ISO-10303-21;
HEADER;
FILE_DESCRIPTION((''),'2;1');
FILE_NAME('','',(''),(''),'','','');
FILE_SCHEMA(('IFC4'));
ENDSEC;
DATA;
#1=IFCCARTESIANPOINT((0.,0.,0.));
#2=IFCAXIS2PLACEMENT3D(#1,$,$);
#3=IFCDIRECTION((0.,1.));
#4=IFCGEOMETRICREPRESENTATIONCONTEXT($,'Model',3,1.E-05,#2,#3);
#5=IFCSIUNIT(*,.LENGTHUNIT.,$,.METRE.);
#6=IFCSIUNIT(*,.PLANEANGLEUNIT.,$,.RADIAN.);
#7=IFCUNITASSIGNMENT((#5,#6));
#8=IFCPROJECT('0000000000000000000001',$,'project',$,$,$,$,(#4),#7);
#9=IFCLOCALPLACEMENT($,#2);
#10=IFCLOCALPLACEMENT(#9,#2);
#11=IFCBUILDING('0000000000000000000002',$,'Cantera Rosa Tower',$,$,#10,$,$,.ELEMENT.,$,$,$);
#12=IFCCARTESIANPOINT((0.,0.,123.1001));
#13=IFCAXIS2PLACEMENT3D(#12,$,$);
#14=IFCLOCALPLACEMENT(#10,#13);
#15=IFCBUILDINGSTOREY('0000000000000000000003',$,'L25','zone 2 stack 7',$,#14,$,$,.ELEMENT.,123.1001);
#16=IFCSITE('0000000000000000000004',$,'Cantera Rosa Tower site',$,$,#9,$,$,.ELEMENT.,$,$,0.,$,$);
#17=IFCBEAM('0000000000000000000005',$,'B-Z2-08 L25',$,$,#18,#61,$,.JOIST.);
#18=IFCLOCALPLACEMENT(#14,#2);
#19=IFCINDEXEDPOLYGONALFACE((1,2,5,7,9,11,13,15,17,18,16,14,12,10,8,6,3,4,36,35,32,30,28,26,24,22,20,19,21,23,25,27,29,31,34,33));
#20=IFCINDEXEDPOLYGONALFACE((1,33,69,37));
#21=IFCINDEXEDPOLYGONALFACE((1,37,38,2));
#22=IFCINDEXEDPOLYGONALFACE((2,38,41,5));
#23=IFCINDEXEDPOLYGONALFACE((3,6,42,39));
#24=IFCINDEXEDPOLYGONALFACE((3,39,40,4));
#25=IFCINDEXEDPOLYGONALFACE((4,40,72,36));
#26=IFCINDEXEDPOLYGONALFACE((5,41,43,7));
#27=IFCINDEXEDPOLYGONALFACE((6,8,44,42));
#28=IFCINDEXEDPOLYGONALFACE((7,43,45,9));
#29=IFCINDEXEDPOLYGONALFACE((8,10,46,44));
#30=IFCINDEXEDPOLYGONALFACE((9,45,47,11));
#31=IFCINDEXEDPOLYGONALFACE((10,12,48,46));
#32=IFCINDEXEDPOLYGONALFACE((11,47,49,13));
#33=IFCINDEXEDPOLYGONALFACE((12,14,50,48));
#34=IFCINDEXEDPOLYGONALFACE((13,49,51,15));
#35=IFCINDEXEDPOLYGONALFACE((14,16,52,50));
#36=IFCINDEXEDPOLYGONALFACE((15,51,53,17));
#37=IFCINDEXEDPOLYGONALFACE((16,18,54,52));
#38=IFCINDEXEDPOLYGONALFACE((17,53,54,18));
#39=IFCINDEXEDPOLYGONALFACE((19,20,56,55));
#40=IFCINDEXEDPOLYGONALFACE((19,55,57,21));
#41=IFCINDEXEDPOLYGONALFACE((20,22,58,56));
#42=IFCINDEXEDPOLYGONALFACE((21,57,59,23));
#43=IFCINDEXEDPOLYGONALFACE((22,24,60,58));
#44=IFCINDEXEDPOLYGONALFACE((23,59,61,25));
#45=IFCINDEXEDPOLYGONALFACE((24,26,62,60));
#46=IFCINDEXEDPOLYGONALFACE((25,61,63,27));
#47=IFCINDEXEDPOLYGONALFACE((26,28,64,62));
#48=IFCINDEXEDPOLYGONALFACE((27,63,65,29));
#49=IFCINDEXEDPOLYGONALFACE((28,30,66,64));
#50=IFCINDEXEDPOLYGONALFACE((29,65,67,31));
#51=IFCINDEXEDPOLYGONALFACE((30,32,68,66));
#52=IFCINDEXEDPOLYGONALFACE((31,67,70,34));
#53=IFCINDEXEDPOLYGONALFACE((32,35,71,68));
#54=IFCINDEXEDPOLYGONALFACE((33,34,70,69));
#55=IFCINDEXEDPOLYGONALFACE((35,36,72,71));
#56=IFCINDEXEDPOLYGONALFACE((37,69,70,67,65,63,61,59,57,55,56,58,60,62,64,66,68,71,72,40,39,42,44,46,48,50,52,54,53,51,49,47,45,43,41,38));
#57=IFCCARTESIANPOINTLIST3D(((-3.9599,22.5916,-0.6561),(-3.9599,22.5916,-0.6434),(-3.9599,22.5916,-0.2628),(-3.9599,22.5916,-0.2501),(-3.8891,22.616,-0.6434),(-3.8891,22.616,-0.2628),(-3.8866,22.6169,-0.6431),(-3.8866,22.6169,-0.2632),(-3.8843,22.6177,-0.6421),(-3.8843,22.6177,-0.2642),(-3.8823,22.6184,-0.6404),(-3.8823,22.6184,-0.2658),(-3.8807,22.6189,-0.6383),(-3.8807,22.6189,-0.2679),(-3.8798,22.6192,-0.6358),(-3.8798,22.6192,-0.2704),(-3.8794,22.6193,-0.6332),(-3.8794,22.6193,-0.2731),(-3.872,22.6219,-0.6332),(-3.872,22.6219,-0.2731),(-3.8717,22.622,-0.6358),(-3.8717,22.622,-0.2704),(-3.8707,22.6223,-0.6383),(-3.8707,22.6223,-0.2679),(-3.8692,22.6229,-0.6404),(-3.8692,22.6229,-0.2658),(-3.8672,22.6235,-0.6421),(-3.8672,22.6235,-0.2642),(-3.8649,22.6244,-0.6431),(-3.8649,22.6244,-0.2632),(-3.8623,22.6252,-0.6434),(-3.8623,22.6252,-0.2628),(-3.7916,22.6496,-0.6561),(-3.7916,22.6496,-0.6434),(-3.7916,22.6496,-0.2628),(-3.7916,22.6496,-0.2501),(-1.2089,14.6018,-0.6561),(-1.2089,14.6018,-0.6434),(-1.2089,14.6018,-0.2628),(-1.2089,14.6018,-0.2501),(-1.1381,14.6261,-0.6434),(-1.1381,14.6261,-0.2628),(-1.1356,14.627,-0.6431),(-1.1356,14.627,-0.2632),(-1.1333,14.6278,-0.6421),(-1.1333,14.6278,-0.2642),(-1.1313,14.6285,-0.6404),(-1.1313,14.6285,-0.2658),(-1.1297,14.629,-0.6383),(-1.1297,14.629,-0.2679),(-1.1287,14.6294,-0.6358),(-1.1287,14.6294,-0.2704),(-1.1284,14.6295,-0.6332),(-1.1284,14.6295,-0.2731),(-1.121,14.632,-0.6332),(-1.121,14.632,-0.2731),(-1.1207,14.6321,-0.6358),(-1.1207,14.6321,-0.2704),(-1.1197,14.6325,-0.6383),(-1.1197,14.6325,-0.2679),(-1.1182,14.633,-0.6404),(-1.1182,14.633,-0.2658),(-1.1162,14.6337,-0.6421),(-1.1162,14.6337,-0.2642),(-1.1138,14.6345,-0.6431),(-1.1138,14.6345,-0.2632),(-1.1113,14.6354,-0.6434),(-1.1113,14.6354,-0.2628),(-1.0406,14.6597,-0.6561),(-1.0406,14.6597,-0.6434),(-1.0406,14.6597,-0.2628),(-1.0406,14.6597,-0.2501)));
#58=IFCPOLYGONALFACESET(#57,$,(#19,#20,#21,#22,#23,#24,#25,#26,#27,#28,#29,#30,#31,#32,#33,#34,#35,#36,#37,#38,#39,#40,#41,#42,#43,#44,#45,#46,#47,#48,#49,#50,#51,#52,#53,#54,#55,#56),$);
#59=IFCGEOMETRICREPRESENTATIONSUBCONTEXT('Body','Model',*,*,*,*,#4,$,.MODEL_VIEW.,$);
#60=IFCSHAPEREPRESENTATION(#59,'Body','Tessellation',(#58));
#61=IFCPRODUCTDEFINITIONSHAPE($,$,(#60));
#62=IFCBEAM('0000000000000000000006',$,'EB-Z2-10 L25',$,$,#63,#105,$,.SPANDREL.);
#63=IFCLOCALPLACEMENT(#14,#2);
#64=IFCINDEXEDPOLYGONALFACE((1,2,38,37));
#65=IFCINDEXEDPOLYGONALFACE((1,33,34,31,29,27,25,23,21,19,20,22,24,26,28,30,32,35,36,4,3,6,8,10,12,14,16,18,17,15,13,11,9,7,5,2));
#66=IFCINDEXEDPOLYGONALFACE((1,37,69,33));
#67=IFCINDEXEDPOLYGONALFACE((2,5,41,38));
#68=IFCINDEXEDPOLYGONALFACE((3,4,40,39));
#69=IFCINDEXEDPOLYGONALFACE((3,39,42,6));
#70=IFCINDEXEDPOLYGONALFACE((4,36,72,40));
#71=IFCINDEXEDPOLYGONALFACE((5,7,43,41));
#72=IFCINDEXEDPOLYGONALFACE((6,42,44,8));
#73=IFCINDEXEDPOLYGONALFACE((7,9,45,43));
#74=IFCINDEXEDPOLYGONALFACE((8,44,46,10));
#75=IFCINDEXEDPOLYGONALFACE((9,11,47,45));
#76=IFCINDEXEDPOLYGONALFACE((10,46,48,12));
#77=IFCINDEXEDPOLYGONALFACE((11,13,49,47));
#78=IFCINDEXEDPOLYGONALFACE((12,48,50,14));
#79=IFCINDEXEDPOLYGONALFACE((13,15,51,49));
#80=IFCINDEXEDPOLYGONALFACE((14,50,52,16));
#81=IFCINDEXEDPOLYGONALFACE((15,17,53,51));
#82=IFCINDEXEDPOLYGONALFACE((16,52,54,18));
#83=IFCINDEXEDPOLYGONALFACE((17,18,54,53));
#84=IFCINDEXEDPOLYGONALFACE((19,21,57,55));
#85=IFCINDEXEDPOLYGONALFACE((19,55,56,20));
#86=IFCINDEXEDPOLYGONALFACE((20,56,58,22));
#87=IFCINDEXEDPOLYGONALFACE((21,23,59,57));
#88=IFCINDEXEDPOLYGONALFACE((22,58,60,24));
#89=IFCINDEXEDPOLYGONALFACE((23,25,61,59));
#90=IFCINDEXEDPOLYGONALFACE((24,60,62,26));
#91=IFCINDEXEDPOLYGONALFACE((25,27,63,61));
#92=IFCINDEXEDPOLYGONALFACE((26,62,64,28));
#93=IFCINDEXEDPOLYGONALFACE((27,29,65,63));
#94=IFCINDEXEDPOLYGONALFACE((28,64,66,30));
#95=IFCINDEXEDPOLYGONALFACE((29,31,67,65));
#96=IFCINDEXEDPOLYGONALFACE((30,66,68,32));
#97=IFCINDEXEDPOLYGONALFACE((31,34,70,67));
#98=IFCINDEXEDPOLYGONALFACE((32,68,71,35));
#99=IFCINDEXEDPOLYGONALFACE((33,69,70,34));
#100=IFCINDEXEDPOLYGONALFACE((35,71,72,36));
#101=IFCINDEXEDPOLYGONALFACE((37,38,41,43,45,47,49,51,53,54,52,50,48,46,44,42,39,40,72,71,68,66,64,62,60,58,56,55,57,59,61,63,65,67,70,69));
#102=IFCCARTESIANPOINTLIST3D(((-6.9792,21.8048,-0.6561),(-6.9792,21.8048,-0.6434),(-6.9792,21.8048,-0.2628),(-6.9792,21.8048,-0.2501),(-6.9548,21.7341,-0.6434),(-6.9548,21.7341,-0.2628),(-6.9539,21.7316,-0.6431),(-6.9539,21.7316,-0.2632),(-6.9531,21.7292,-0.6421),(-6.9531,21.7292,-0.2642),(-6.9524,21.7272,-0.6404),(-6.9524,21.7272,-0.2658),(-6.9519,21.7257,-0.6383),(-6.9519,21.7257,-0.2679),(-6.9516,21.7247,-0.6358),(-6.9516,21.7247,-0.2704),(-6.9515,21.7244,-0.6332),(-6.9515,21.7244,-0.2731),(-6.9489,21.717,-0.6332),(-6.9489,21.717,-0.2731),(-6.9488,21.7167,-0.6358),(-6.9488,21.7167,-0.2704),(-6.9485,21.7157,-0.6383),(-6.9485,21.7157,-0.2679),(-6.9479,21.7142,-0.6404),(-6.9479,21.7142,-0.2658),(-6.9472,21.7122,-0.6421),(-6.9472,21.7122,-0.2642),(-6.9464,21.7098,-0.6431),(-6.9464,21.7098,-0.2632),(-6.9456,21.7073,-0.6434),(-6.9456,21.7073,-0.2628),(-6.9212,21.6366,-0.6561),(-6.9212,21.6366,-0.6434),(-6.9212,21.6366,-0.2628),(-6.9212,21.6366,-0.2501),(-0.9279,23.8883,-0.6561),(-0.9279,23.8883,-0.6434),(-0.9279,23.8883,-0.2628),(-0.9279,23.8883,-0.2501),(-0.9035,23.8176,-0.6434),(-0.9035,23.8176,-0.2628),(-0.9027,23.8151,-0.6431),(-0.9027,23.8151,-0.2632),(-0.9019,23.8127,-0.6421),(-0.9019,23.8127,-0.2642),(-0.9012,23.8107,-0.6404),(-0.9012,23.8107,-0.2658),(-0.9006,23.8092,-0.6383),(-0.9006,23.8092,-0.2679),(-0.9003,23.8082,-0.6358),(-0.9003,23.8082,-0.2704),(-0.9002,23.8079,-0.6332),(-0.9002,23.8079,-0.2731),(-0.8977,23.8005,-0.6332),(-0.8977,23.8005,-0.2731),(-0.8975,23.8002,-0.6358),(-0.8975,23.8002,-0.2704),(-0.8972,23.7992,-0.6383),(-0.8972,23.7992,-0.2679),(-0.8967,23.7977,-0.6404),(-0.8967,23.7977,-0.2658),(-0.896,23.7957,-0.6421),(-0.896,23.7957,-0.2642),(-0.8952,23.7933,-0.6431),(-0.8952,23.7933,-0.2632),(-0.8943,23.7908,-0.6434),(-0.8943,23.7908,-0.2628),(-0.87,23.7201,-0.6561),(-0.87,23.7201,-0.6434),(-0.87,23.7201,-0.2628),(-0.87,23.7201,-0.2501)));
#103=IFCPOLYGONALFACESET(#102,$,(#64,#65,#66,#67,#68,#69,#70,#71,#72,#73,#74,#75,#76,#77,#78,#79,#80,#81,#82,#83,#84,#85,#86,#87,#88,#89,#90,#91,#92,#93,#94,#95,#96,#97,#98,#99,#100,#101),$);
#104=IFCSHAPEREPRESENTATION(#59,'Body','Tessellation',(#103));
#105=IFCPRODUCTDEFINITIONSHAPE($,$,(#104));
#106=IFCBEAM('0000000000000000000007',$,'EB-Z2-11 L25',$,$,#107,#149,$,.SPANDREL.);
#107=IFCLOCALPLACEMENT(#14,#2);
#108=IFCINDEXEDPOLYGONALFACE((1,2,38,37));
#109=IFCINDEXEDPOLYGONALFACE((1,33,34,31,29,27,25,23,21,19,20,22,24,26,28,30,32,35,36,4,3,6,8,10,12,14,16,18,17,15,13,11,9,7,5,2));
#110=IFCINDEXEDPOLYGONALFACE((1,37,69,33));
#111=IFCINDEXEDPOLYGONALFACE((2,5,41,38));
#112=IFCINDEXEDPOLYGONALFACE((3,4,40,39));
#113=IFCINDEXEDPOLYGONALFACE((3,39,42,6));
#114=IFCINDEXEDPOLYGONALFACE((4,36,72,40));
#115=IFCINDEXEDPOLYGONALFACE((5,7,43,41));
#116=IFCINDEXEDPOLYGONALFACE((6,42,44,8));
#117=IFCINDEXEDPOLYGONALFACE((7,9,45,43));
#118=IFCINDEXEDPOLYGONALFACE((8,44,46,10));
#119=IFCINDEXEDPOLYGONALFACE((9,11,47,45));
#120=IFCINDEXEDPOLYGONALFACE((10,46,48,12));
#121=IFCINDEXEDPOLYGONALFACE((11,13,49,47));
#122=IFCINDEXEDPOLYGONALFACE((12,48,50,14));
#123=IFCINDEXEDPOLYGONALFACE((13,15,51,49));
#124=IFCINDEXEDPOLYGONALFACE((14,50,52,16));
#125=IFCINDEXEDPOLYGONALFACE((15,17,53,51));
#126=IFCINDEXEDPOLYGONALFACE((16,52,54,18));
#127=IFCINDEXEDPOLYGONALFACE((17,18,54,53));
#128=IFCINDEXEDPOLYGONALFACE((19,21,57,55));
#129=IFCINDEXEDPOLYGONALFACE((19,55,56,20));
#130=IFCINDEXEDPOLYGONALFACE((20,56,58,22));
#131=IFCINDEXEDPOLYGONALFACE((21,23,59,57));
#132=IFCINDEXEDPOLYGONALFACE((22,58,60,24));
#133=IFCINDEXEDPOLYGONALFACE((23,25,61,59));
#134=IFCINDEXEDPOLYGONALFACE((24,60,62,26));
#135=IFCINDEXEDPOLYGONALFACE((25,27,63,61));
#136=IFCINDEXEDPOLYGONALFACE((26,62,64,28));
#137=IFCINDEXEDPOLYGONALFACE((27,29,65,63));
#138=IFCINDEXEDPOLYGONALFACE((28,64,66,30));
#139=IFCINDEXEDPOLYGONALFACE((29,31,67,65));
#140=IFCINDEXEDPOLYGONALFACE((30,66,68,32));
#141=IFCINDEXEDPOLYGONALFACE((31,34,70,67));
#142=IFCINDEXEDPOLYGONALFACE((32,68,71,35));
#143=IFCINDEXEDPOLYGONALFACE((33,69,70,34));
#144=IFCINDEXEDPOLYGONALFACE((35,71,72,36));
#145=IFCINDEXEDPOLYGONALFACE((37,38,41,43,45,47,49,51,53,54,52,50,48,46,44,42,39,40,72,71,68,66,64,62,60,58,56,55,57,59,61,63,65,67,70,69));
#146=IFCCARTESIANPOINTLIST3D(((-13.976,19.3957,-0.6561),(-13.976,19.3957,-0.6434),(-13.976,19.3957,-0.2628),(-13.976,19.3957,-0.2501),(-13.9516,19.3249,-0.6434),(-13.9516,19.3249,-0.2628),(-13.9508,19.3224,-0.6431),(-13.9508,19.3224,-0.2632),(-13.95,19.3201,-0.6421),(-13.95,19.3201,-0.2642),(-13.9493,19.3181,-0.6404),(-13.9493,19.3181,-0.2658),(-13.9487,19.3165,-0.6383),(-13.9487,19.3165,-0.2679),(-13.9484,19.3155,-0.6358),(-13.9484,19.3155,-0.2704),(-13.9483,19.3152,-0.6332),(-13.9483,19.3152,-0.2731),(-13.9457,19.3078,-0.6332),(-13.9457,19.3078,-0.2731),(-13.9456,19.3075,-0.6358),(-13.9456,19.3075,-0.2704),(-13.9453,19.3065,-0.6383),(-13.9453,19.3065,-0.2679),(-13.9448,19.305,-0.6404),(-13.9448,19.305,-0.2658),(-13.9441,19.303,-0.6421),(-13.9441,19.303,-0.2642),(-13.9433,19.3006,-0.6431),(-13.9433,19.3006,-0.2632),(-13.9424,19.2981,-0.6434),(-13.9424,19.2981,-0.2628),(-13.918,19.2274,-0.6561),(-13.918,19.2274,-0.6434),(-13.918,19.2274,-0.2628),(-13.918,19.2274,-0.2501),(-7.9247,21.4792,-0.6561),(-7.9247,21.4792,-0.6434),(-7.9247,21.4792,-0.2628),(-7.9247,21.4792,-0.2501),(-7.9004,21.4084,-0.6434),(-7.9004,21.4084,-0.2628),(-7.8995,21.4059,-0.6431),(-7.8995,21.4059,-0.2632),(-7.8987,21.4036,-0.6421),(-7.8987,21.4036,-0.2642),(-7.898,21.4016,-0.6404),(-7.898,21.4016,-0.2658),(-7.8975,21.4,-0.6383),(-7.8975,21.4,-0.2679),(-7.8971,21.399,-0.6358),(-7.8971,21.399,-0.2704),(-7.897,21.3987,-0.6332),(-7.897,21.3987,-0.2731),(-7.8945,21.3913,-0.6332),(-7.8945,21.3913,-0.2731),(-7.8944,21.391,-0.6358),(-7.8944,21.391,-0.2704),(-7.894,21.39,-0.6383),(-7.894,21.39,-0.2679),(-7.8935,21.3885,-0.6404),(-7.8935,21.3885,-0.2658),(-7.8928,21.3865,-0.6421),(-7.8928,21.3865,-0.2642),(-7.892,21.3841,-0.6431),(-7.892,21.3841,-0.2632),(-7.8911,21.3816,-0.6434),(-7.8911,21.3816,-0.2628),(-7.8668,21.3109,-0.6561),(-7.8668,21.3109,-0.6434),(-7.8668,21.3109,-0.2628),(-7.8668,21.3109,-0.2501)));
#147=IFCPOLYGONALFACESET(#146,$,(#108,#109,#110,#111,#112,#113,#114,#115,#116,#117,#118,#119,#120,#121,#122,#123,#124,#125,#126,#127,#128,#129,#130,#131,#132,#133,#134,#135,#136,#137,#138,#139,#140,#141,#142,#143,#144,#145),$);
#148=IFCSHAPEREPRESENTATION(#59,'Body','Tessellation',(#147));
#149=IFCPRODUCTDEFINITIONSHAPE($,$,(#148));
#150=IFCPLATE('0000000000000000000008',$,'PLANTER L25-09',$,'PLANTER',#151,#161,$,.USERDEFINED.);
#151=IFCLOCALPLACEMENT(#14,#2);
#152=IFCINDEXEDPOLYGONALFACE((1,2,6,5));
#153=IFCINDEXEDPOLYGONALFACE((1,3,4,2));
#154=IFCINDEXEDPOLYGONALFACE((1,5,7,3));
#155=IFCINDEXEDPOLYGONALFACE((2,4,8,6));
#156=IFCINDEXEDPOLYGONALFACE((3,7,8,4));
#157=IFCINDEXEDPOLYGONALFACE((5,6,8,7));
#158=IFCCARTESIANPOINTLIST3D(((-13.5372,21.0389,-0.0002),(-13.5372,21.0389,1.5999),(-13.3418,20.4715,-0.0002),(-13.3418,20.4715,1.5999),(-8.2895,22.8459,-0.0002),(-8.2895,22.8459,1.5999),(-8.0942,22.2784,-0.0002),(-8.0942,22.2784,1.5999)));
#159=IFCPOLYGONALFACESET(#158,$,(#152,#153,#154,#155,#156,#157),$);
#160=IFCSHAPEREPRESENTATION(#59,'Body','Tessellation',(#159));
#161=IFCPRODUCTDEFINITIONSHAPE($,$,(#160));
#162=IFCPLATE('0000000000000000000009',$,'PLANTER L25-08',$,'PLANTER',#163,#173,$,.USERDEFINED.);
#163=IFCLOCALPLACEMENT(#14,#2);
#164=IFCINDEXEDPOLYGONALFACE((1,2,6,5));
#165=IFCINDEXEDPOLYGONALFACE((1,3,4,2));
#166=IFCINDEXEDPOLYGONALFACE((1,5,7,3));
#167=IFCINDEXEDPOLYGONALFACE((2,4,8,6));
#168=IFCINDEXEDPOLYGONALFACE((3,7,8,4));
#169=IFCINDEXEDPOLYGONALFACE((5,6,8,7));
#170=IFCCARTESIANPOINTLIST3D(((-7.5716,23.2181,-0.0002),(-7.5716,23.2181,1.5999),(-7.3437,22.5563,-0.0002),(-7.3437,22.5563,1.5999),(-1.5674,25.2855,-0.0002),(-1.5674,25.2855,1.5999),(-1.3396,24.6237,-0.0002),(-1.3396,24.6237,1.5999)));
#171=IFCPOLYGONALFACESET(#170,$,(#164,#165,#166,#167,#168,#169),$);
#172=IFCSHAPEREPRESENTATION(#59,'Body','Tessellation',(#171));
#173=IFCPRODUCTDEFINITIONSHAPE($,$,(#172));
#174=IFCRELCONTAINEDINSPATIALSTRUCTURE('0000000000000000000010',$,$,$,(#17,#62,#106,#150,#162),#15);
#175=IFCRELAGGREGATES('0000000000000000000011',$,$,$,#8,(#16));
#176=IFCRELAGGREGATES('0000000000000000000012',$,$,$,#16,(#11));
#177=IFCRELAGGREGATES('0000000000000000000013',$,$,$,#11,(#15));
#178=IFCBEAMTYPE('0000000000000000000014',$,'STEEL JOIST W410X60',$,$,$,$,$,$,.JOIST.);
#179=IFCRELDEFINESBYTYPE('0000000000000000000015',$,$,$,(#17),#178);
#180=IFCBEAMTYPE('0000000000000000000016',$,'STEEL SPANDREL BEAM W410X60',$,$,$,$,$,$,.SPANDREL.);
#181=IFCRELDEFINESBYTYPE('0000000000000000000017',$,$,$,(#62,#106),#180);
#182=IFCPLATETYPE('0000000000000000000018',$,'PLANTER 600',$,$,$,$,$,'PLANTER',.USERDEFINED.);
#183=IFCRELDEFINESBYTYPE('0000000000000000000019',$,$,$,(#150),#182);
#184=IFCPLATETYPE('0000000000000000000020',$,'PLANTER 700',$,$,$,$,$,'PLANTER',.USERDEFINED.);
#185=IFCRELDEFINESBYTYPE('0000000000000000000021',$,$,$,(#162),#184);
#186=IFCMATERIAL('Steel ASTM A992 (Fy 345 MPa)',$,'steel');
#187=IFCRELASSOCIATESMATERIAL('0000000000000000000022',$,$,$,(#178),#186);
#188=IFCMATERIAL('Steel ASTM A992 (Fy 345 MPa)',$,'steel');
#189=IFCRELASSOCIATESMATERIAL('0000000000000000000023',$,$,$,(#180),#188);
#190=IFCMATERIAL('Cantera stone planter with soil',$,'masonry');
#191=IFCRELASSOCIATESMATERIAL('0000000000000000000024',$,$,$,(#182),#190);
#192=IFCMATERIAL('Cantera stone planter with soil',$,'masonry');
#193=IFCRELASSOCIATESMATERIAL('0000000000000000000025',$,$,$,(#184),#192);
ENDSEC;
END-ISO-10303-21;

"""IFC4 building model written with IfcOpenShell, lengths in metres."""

from ifc_helpers import new_model, si_unit, direction, frame, origin, origin_2d, place, context, subcontext, project, spatial, rectangle, i_section, extrude, material, material_profile, profile_set, type_object, element, save


model = new_model("IFC4")

# Units and contexts
model_context = context("Model", 3, precision=1e-05, world=origin(), true_north=direction((0.0, 1.0)))
body_context = subcontext(model_context, "Body", "Model", "MODEL_VIEW")
ifc_project = project(units=[si_unit("LENGTHUNIT", "METRE"), si_unit("PLANEANGLEUNIT", "RADIAN")], contexts=[model_context])

# Site, building, storey
site_placement = place(None, origin())
site = spatial("IfcSite", under=ifc_project, at=site_placement, Name="Cantera Rosa Tower site", CompositionType="ELEMENT", RefElevation=0.0)
building_placement = place(site_placement, origin())
building = spatial("IfcBuilding", under=site, at=building_placement, Name="Cantera Rosa Tower", CompositionType="ELEMENT")
storey_placement = place(building_placement, frame((0.0, 0.0, 123.1001)))
storey = spatial("IfcBuildingStorey", under=building, at=storey_placement, Name="L25", Description="zone 2 stack 7", CompositionType="ELEMENT", Elevation=123.1001)

# Beams
ifc_material_1 = material(Name="Steel ASTM A992 (Fy 345 MPa)", Category="steel")
ifc_material_profile_1 = material_profile(ifc_material_1, i_section(OverallWidth=0.178, OverallDepth=0.406, WebThickness=0.0078, FlangeThickness=0.0127, FilletRadius=0.0103, at=origin_2d()), Name="W410X60")
ifc_profile_set_1 = profile_set([ifc_material_profile_1], Name="Steel ASTM A992 (Fy 345 MPa)")
beam_type_1 = type_object("IfcBeamType", Name="STEEL JOIST W410X60", PredefinedType="JOIST", material=ifc_profile_set_1)
beam_1_placement = place(storey_placement, frame((-3.8757, 22.6206, -0.4531), z_axis=(0.325556, -0.945523, 0.0), x_axis=(0.945523, 0.325556, 0.0)))
element("IfcBeam", 1, at=beam_1_placement, inside=storey, type_object=beam_type_1, Name="B-Z2-08 L25", PredefinedType="JOIST", context=body_context, shape_type="SweptSolid", body=[
    extrude(i_section(OverallWidth=0.178, OverallDepth=0.406, WebThickness=0.0078, FlangeThickness=0.0127, FilletRadius=0.0103, at=origin_2d()), origin(), (0.0, 0.0, 1.0), 8.4502),
])
ifc_material_2 = material(Name="Steel ASTM A992 (Fy 345 MPa)", Category="steel")
ifc_material_profile_2 = material_profile(ifc_material_2, i_section(OverallWidth=0.178, OverallDepth=0.406, WebThickness=0.0078, FlangeThickness=0.0127, FilletRadius=0.0103, at=origin_2d()), Name="W410X60")
ifc_profile_set_2 = profile_set([ifc_material_profile_2], Name="Steel ASTM A992 (Fy 345 MPa)")
beam_type_2 = type_object("IfcBeamType", Name="STEEL SPANDREL BEAM W410X60", PredefinedType="SPANDREL", material=ifc_profile_set_2)
for number, where, z_axis, x_axis, name in (
    (2, (-0.8989, 23.8042, -0.4531), (-0.945524, -0.325551, 0.0), (0.325551, -0.945524, 0.0), "EB-Z2-10 L25"),
    (3, (-7.8958, 21.395, -0.4531), (-0.945524, -0.325551, 0.0), (0.325551, -0.945524, 0.0), "EB-Z2-11 L25"),
):
    element("IfcBeam", number, at=place(storey_placement, frame(where, z_axis=z_axis, x_axis=x_axis)), inside=storey, type_object=beam_type_2, Name=name, PredefinedType="SPANDREL", context=body_context, shape_type="SweptSolid", body=[
        extrude(i_section(OverallWidth=0.178, OverallDepth=0.406, WebThickness=0.0078, FlangeThickness=0.0127, FilletRadius=0.0103, at=origin_2d()), origin(), (0.0, 0.0, 1.0), 6.3999),
    ])

# Plates
ifc_material_3 = material(Name="Cantera stone planter with soil", Category="masonry")
plate_type_1 = type_object("IfcPlateType", Name="PLANTER 600", ElementType="PLANTER", PredefinedType="USERDEFINED", material=ifc_material_3)
plate_1_placement = place(storey_placement, frame((-10.8157, 21.6587, -0.0002), z_axis=(0.0, 0.0, 1.0), x_axis=(-0.945519, -0.325568, 0.0)))
element("IfcPlate", 4, at=plate_1_placement, inside=storey, type_object=plate_type_1, Name="PLANTER L25-09", ObjectType="PLANTER", PredefinedType="USERDEFINED", context=body_context, shape_type="SweptSolid", body=[
    extrude(rectangle(XDim=5.55, YDim=0.6001, at=origin_2d()), origin(), (0.0, 0.0, 1.0), 1.6001),
])
ifc_material_4 = material(Name="Cantera stone planter with soil", Category="masonry")
plate_type_2 = type_object("IfcPlateType", Name="PLANTER 700", ElementType="PLANTER", PredefinedType="USERDEFINED", material=ifc_material_4)
plate_2_placement = place(storey_placement, frame((-4.4556, 23.9209, -0.0002), z_axis=(0.0, 0.0, 1.0), x_axis=(-0.945519, -0.325568, 0.0)))
element("IfcPlate", 5, at=plate_2_placement, inside=storey, type_object=plate_type_2, Name="PLANTER L25-08", ObjectType="PLANTER", PredefinedType="USERDEFINED", context=body_context, shape_type="SweptSolid", body=[
    extrude(rectangle(XDim=6.3501, YDim=0.7, at=origin_2d()), origin(), (0.0, 0.0, 1.0), 1.6001),
])

save(model, "model.ifc")
